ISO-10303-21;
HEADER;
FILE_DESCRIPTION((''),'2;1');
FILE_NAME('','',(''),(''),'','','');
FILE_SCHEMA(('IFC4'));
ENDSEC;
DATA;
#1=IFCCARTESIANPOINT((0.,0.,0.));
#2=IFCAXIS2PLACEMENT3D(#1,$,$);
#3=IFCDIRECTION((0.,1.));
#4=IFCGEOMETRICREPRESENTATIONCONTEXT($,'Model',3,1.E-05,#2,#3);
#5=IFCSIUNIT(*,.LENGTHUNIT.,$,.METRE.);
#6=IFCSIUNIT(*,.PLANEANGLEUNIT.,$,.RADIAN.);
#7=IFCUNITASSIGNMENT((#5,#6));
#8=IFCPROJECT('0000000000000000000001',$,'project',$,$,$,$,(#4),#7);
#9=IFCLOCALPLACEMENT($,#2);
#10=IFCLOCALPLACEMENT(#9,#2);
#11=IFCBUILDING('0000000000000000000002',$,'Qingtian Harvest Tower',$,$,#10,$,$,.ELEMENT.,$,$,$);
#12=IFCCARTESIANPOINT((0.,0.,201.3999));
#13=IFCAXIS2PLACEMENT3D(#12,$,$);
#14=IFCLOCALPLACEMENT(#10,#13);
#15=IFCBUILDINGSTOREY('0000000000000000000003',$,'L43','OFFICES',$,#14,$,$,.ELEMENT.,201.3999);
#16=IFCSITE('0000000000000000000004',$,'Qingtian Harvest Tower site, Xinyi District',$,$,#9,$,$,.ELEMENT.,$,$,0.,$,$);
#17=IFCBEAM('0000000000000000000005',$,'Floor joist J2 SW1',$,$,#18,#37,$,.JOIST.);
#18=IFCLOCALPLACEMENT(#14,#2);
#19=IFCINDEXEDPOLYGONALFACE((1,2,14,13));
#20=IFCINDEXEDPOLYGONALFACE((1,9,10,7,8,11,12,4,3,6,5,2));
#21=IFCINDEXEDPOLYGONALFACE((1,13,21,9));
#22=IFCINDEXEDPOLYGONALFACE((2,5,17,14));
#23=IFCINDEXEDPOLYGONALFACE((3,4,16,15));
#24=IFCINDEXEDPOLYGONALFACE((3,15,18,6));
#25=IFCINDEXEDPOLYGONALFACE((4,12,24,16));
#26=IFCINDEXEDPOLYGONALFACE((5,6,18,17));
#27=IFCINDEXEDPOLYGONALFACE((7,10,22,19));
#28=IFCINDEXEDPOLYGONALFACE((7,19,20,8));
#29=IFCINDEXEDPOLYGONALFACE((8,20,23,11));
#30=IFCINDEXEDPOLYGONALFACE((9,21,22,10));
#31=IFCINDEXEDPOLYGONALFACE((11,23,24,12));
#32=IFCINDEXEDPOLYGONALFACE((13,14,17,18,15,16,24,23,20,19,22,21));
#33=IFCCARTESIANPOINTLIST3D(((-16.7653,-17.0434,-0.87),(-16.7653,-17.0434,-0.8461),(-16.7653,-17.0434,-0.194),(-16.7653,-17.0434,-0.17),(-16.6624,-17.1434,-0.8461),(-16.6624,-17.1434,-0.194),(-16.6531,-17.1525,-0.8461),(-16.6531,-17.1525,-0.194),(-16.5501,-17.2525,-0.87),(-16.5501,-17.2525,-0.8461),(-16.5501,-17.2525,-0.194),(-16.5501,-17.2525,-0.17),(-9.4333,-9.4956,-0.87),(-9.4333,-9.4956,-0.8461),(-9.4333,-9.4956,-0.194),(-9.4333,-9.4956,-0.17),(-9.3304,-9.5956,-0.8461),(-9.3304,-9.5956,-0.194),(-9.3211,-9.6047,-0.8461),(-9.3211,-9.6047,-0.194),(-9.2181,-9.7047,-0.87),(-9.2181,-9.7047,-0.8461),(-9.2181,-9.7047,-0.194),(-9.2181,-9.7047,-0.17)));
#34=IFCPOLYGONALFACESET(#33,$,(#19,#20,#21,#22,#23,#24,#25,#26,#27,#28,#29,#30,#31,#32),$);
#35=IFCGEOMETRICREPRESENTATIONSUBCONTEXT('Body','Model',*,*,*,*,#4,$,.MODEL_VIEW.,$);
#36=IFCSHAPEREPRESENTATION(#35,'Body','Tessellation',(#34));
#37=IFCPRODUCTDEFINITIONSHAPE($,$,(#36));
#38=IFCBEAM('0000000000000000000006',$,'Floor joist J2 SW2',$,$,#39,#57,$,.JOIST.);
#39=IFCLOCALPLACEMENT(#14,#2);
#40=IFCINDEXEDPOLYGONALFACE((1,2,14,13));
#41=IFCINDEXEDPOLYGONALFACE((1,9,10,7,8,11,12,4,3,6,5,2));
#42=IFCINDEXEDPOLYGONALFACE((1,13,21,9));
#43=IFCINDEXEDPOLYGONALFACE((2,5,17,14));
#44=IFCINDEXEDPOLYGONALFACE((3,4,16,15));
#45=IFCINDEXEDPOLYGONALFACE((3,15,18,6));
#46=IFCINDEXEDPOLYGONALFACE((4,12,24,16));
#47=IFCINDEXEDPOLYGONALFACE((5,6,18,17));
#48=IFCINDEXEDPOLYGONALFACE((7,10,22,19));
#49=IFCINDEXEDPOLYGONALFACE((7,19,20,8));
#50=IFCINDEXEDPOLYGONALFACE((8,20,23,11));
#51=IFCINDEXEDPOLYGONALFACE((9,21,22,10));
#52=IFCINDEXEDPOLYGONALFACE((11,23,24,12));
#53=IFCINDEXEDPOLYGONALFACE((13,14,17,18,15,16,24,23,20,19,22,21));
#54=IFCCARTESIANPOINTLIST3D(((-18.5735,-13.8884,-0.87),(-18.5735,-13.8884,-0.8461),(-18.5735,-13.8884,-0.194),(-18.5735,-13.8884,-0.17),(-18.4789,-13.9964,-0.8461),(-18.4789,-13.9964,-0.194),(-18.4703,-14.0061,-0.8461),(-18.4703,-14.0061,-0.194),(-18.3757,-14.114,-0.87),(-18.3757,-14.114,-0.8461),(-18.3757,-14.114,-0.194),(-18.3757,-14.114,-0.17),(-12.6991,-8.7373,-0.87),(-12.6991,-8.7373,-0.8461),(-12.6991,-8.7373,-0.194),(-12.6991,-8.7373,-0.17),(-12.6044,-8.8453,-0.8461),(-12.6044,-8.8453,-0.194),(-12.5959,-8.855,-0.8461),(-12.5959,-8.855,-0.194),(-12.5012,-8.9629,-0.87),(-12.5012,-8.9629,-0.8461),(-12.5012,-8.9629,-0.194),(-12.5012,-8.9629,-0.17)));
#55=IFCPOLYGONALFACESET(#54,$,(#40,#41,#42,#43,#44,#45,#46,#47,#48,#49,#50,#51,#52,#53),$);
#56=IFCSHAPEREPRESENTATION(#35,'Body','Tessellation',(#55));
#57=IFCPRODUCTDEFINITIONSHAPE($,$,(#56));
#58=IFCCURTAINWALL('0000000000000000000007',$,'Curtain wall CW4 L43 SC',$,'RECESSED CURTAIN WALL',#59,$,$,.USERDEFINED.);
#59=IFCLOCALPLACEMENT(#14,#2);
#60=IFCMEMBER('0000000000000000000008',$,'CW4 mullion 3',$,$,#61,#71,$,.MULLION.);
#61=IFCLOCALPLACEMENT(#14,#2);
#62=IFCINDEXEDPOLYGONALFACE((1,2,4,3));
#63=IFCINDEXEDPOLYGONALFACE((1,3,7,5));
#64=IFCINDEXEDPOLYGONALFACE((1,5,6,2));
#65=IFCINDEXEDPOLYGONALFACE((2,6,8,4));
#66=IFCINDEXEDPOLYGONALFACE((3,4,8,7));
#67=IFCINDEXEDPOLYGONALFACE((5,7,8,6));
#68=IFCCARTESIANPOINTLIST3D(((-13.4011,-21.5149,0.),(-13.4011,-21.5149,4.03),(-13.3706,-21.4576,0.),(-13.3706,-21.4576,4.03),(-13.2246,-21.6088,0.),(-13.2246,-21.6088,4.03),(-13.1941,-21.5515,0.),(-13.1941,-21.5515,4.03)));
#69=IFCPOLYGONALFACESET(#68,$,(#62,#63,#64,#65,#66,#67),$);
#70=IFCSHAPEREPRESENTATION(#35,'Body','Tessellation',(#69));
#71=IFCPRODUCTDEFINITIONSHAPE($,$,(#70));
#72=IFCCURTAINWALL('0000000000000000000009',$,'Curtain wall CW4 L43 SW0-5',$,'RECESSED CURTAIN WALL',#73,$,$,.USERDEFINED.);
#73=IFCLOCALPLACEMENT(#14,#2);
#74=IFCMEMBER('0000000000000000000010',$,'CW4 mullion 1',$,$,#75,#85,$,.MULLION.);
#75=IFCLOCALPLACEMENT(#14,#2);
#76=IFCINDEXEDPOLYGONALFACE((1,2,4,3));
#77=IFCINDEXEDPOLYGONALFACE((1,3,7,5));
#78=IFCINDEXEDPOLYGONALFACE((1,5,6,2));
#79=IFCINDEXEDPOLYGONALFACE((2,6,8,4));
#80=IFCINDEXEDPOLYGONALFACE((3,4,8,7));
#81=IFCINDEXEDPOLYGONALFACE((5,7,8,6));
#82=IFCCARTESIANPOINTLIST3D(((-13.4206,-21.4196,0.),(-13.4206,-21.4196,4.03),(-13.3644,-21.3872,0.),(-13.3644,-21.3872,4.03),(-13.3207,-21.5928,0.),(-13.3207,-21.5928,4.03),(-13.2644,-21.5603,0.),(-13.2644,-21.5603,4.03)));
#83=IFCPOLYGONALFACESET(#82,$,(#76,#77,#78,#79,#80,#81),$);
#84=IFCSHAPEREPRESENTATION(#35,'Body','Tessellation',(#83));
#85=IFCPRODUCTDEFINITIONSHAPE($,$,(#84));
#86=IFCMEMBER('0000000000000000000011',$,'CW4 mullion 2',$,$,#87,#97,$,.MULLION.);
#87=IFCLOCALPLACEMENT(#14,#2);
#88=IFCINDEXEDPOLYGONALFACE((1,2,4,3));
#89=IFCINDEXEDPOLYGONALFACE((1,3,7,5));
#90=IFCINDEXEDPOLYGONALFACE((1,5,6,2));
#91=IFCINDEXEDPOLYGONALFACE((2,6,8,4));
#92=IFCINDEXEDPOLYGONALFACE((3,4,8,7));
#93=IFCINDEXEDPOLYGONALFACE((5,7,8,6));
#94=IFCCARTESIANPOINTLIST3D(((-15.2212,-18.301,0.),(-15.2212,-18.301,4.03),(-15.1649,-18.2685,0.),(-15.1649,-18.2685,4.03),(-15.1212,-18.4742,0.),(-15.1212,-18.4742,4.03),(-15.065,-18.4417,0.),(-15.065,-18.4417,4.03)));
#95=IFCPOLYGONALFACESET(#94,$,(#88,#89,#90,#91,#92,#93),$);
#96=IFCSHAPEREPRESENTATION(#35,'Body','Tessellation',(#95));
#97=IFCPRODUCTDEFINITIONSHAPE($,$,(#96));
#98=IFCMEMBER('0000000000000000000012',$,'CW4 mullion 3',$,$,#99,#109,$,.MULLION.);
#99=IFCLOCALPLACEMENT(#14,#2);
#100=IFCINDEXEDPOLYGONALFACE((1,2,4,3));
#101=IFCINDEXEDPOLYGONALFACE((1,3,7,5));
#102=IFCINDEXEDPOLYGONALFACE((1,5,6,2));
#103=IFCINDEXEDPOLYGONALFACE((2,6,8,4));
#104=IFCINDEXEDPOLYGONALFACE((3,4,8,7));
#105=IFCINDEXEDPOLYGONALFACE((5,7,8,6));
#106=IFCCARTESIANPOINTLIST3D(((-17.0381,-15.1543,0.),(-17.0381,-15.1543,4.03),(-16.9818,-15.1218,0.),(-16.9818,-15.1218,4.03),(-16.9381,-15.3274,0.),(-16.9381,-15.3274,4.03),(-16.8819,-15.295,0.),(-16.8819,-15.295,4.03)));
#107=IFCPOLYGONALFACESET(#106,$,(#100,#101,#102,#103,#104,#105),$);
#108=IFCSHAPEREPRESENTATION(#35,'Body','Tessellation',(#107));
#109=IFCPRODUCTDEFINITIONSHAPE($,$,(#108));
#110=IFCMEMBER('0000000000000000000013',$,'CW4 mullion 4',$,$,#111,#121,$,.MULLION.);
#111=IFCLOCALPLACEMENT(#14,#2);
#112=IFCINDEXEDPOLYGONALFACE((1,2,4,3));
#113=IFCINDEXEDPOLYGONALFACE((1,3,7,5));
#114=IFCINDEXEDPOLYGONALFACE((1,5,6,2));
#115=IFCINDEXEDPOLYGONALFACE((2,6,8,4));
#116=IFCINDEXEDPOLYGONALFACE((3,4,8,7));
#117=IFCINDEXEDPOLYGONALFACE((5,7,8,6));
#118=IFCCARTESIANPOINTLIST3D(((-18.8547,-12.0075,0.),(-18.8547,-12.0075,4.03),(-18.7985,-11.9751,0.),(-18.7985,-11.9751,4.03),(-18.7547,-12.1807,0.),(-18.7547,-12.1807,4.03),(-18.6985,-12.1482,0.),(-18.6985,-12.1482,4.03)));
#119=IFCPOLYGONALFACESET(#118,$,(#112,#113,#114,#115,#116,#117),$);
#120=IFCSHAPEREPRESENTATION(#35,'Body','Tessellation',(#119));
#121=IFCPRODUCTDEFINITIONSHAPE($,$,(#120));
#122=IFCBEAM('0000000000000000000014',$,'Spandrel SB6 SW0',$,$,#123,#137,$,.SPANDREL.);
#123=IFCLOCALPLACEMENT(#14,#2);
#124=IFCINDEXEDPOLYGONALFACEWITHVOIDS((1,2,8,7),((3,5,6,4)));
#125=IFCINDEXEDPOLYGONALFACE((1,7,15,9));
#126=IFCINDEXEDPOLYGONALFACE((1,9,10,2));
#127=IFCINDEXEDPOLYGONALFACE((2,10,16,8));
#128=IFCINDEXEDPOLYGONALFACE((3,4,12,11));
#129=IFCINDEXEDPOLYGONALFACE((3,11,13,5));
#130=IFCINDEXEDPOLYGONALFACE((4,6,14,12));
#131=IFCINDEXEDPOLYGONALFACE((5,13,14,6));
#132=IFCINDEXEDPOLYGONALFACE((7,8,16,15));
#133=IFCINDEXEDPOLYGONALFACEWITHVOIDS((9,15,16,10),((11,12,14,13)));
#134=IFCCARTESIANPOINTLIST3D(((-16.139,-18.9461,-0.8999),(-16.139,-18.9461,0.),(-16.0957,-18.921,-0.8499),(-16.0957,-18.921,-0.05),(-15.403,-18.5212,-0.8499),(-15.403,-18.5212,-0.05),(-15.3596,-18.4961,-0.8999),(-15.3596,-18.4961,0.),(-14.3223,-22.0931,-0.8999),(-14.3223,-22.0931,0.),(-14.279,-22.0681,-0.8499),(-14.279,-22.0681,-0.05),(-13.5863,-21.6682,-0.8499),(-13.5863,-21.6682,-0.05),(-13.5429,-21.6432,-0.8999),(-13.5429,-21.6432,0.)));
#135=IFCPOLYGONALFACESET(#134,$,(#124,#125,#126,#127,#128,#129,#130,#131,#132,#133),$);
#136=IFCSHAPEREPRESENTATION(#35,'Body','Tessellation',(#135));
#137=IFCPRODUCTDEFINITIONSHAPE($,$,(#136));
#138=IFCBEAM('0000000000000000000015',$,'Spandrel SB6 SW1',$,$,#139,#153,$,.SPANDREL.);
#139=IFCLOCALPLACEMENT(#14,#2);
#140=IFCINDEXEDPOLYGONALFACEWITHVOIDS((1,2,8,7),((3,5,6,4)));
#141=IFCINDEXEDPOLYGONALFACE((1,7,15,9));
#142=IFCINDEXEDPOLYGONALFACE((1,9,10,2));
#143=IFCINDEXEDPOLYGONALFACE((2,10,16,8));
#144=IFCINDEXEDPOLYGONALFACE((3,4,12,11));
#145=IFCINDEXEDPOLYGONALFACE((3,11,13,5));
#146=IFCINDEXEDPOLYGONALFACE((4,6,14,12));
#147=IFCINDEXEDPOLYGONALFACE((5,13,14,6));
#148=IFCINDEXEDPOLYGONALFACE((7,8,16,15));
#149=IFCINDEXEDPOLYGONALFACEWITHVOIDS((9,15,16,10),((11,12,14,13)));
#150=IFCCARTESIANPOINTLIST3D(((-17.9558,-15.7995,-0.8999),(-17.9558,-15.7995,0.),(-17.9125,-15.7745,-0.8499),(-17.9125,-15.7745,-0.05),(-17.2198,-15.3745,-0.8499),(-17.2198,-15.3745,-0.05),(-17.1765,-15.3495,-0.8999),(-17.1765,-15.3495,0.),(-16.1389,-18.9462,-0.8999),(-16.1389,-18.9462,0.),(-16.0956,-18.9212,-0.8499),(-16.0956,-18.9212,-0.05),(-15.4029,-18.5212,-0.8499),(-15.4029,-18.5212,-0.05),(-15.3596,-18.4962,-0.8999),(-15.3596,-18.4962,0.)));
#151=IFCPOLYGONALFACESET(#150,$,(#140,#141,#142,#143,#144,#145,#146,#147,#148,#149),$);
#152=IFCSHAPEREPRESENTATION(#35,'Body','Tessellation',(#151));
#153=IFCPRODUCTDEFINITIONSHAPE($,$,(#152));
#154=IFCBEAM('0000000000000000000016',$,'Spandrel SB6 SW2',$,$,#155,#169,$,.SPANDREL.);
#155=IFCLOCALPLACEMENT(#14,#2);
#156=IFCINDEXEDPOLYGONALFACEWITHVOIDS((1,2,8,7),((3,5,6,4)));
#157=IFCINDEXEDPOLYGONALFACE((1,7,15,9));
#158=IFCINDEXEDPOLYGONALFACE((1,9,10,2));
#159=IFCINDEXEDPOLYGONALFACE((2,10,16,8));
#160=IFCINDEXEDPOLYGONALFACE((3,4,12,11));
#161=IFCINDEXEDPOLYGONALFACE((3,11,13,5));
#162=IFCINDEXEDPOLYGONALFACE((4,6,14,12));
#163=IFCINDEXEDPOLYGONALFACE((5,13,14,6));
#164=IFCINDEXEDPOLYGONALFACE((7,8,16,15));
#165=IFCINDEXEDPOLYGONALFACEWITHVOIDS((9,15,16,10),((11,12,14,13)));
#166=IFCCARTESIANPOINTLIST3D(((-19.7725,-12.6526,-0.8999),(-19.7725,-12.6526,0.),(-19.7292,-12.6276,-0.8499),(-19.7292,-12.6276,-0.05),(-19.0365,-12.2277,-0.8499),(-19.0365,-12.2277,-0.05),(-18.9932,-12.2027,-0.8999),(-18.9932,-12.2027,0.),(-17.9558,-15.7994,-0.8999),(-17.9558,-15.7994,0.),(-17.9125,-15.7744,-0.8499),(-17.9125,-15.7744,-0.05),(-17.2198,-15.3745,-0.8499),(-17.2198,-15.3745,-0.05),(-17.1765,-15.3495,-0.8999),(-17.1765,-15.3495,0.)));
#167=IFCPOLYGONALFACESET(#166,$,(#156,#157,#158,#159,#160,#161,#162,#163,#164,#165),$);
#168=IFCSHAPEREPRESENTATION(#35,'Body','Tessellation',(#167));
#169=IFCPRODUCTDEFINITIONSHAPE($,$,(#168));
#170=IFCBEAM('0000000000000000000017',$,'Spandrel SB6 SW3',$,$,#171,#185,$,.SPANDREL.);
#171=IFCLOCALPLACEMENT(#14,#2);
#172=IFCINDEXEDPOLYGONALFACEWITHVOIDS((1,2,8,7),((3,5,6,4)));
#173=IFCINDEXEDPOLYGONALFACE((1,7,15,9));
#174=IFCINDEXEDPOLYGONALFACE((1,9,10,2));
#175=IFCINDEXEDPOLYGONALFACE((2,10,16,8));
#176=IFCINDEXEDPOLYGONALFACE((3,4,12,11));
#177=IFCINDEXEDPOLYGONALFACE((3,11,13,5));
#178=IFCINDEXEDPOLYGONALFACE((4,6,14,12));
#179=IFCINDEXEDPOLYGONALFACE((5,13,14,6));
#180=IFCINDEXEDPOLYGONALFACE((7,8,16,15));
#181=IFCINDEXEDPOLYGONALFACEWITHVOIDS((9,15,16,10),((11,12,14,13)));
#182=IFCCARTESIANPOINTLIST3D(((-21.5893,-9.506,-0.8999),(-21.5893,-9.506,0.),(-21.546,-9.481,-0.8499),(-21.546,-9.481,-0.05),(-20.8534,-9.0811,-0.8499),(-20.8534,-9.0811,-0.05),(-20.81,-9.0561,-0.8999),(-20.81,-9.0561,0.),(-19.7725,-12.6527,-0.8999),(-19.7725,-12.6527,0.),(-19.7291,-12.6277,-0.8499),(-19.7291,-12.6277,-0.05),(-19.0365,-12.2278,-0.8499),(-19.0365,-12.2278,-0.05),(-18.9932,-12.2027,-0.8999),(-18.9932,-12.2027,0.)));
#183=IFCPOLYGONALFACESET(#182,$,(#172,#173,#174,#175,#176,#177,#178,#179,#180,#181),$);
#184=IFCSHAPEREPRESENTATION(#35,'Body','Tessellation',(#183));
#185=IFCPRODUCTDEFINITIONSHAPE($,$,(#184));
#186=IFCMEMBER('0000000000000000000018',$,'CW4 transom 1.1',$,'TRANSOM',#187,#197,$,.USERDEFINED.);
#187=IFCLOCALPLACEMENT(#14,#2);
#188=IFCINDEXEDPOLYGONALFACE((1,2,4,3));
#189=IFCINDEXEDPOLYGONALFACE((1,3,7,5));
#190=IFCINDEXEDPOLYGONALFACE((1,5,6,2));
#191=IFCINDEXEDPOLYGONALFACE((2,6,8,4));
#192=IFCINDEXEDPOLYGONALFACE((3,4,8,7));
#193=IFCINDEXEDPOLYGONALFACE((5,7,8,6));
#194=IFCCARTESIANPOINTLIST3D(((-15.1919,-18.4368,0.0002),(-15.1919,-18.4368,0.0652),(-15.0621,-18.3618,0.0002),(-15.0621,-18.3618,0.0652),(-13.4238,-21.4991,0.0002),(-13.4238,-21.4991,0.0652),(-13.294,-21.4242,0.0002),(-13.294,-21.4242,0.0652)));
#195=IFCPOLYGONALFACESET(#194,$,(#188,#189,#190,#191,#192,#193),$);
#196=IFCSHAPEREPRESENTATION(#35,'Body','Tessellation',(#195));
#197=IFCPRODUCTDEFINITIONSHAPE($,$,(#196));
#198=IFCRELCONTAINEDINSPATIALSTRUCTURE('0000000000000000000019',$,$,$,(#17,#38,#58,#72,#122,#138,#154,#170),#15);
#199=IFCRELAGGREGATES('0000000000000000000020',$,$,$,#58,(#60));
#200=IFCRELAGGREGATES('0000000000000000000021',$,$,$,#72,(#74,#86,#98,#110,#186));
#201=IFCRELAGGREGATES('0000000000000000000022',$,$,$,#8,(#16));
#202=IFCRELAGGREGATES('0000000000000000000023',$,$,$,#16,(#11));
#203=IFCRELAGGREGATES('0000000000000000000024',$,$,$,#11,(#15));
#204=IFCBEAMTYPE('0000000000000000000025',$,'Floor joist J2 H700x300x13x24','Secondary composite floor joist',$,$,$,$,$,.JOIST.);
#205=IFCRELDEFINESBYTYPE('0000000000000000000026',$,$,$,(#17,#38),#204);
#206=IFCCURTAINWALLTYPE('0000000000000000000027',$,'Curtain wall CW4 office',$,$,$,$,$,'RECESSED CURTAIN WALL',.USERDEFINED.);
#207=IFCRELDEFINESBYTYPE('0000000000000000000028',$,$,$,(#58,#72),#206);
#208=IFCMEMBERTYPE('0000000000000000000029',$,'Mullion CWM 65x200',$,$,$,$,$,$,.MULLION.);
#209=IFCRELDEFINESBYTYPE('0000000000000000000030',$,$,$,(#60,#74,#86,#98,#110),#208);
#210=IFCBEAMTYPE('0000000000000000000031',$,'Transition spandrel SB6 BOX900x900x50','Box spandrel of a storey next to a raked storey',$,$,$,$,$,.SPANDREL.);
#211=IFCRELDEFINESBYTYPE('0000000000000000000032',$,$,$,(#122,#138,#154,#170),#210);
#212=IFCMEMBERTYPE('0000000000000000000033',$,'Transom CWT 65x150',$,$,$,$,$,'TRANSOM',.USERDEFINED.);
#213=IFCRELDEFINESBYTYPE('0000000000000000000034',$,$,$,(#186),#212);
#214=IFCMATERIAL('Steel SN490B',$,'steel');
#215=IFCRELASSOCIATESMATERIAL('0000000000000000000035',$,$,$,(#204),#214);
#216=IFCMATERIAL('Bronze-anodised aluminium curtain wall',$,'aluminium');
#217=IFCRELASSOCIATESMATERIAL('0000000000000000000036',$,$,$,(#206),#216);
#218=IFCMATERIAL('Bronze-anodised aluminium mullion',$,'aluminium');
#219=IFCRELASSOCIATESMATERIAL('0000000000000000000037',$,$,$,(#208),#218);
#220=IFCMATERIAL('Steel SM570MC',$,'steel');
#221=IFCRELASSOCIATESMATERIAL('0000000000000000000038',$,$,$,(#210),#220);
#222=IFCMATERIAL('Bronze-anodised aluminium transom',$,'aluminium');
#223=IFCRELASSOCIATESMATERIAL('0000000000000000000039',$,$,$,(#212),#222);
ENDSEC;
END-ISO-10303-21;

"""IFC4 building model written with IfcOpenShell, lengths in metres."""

from ifc_helpers import new_model, si_unit, direction, frame, origin, origin_2d, place, context, subcontext, project, spatial, rectangle, hollow_rectangle, i_section, extrude, material, material_profile, profile_set, type_object, element, aggregate, save


model = new_model("IFC4")

# Units and contexts
model_context = context("Model", 3, precision=1e-05, world=origin(), true_north=direction((0.0, 1.0)))
body_context = subcontext(model_context, "Body", "Model", "MODEL_VIEW")
ifc_project = project(units=[si_unit("LENGTHUNIT", "METRE"), si_unit("PLANEANGLEUNIT", "RADIAN")], contexts=[model_context])

# Site, building, storey
site_placement = place(None, origin())
site = spatial("IfcSite", under=ifc_project, at=site_placement, Name="Qingtian Harvest Tower site, Xinyi District", CompositionType="ELEMENT", RefElevation=0.0)
building_placement = place(site_placement, origin())
building = spatial("IfcBuilding", under=site, at=building_placement, Name="Qingtian Harvest Tower", CompositionType="ELEMENT")
storey_placement = place(building_placement, frame((0.0, 0.0, 201.3999)))
storey = spatial("IfcBuildingStorey", under=building, at=storey_placement, Name="L43", Description="OFFICES", CompositionType="ELEMENT", Elevation=201.3999)

# Beams
ifc_material_1 = material(Name="Steel SN490B", Category="steel")
ifc_material_profile_1 = material_profile(ifc_material_1, i_section(OverallWidth=0.3, OverallDepth=0.7, WebThickness=0.0129, FlangeThickness=0.0239, at=origin_2d()), Name="H700x300x13x24")
ifc_profile_set_1 = profile_set([ifc_material_profile_1], Name="Steel SN490B")
beam_type_1 = type_object("IfcBeamType", Name="Floor joist J2 H700x300x13x24", Description="Secondary composite floor joist", PredefinedType="JOIST", material=ifc_profile_set_1)
beam_1_placement = place(storey_placement, frame((-16.6577, -17.1479, -0.52), z_axis=(0.696777, 0.717287, 0.0), x_axis=(-0.717287, 0.696777, 0.0)))
element("IfcBeam", 1, at=beam_1_placement, inside=storey, type_object=beam_type_1, Name="Floor joist J2 SW1", PredefinedType="JOIST", context=body_context, shape_type="SweptSolid", body=[
    extrude(i_section(OverallWidth=0.3, OverallDepth=0.7, WebThickness=0.0129, FlangeThickness=0.0239, at=origin_2d()), origin(), (0.0, 0.0, 1.0), 10.5227),
])
beam_2_placement = place(storey_placement, frame((-18.4746, -14.0012, -0.52), z_axis=(0.751883, 0.659296, 0.0), x_axis=(-0.659296, 0.751883, 0.0)))
element("IfcBeam", 2, at=beam_2_placement, inside=storey, type_object=beam_type_1, Name="Floor joist J2 SW2", PredefinedType="JOIST", context=body_context, shape_type="SweptSolid", body=[
    extrude(i_section(OverallWidth=0.3, OverallDepth=0.7, WebThickness=0.0129, FlangeThickness=0.0239, at=origin_2d()), origin(), (0.0, 0.0, 1.0), 7.813),
])

# Curtain wall, member
ifc_material_2 = material(Name="Bronze-anodised aluminium curtain wall", Category="aluminium")
curtain_wall_type = type_object("IfcCurtainWallType", Name="Curtain wall CW4 office", ElementType="RECESSED CURTAIN WALL", PredefinedType="USERDEFINED", material=ifc_material_2)
curtain_wall_1_placement = place(storey_placement, origin())
curtain_wall_1 = element("IfcCurtainWall", 3, at=curtain_wall_1_placement, inside=storey, type_object=curtain_wall_type, Name="Curtain wall CW4 L43 SC", ObjectType="RECESSED CURTAIN WALL", PredefinedType="USERDEFINED")
ifc_material_3 = material(Name="Bronze-anodised aluminium mullion", Category="aluminium")
ifc_material_profile_2 = material_profile(ifc_material_3, rectangle(XDim=0.0649, YDim=0.2, at=origin_2d()), Name="AL 65x200")
ifc_profile_set_2 = profile_set([ifc_material_profile_2], Name="Bronze-anodised aluminium mullion")
member_type_1 = type_object("IfcMemberType", Name="Mullion CWM 65x200", PredefinedType="MULLION", material=ifc_profile_set_2)
member_1_placement = place(storey_placement, frame((-13.2976, -21.5332, 0.0), z_axis=(0.0, 0.0, 1.0), x_axis=(-0.469472, -0.882948, 0.0)))
member_1 = element("IfcMember", 4, at=member_1_placement, type_object=member_type_1, Name="CW4 mullion 3", PredefinedType="MULLION", context=body_context, shape_type="SweptSolid", body=[
    extrude(rectangle(XDim=0.0649, YDim=0.2, at=origin_2d()), origin(), (0.0, 0.0, 1.0), 4.03),
])

# Curtain wall, members
curtain_wall_2_placement = place(storey_placement, origin())
curtain_wall_2 = element("IfcCurtainWall", 5, at=curtain_wall_2_placement, inside=storey, type_object=curtain_wall_type, Name="Curtain wall CW4 L43 SW0-5", ObjectType="RECESSED CURTAIN WALL", PredefinedType="USERDEFINED")
member_2_placement = place(storey_placement, frame((-13.3425, -21.49, 0.0), z_axis=(0.0, 0.0, 1.0), x_axis=(-0.866025, -0.5, 0.0)))
member_2 = element("IfcMember", 6, at=member_2_placement, type_object=member_type_1, Name="CW4 mullion 1", PredefinedType="MULLION", context=body_context, shape_type="SweptSolid", body=[
    extrude(rectangle(XDim=0.0649, YDim=0.2, at=origin_2d()), origin(), (0.0, 0.0, 1.0), 4.03),
])
member_3_placement = place(storey_placement, frame((-15.1431, -18.3713, 0.0), z_axis=(0.0, 0.0, 1.0), x_axis=(-0.866025, -0.5, 0.0)))
member_3 = element("IfcMember", 7, at=member_3_placement, type_object=member_type_1, Name="CW4 mullion 2", PredefinedType="MULLION", context=body_context, shape_type="SweptSolid", body=[
    extrude(rectangle(XDim=0.0649, YDim=0.2, at=origin_2d()), origin(), (0.0, 0.0, 1.0), 4.03),
])
member_4_placement = place(storey_placement, frame((-16.96, -15.2246, 0.0), z_axis=(0.0, 0.0, 1.0), x_axis=(-0.866025, -0.5, 0.0)))
member_4 = element("IfcMember", 8, at=member_4_placement, type_object=member_type_1, Name="CW4 mullion 3", PredefinedType="MULLION", context=body_context, shape_type="SweptSolid", body=[
    extrude(rectangle(XDim=0.0649, YDim=0.2, at=origin_2d()), origin(), (0.0, 0.0, 1.0), 4.03),
])
member_5_placement = place(storey_placement, frame((-18.7766, -12.0779, 0.0), z_axis=(0.0, 0.0, 1.0), x_axis=(-0.866025, -0.5, 0.0)))
member_5 = element("IfcMember", 9, at=member_5_placement, type_object=member_type_1, Name="CW4 mullion 4", PredefinedType="MULLION", context=body_context, shape_type="SweptSolid", body=[
    extrude(rectangle(XDim=0.0649, YDim=0.2, at=origin_2d()), origin(), (0.0, 0.0, 1.0), 4.03),
])

# Beams
ifc_material_4 = material(Name="Steel SM570MC", Category="steel")
ifc_material_profile_3 = material_profile(ifc_material_4, hollow_rectangle(XDim=0.8999, YDim=0.8999, WallThickness=0.05, at=origin_2d()), Name="BOX900x900x50")
ifc_profile_set_3 = profile_set([ifc_material_profile_3], Name="Steel SM570MC")
beam_type_2 = type_object("IfcBeamType", Name="Transition spandrel SB6 BOX900x900x50", Description="Box spandrel of a storey next to a raked storey", PredefinedType="SPANDREL", material=ifc_profile_set_3)
beam_3_placement = place(storey_placement, frame((-13.9326, -21.8682, -0.45), z_axis=(-0.499947, 0.866056, 0.0), x_axis=(-0.866056, -0.499947, 0.0)))
element("IfcBeam", 10, at=beam_3_placement, inside=storey, type_object=beam_type_2, Name="Spandrel SB6 SW0", PredefinedType="SPANDREL", context=body_context, shape_type="SweptSolid", body=[
    extrude(hollow_rectangle(XDim=0.8999, YDim=0.8999, WallThickness=0.05, at=origin_2d()), origin(), (0.0, 0.0, 1.0), 3.6338),
])
for number, where, z_axis, x_axis, name in (
    (11, (-15.7493, -18.7212, -0.45), (-0.500027, 0.86601, 0.0), (-0.86601, -0.500027, 0.0), "Spandrel SB6 SW1"),
    (12, (-17.5662, -15.5745, -0.45), (-0.499976, 0.866039, 0.0), (-0.866039, -0.499976, 0.0), "Spandrel SB6 SW2"),
    (13, (-19.3828, -12.4277, -0.45), (-0.500027, 0.86601, 0.0), (-0.86601, -0.500027, 0.0), "Spandrel SB6 SW3"),
):
    element("IfcBeam", number, at=place(storey_placement, frame(where, z_axis=z_axis, x_axis=x_axis)), inside=storey, type_object=beam_type_2, Name=name, PredefinedType="SPANDREL", context=body_context, shape_type="SweptSolid", body=[
        extrude(hollow_rectangle(XDim=0.8999, YDim=0.8999, WallThickness=0.05, at=origin_2d()), origin(), (0.0, 0.0, 1.0), 3.6335),
    ])

# Member
ifc_material_5 = material(Name="Bronze-anodised aluminium transom", Category="aluminium")
ifc_material_profile_4 = material_profile(ifc_material_5, rectangle(XDim=0.1499, YDim=0.0649, at=origin_2d()), Name="AL 65x150")
ifc_profile_set_4 = profile_set([ifc_material_profile_4], Name="Bronze-anodised aluminium transom")
member_type_2 = type_object("IfcMemberType", Name="Transom CWT 65x150", ElementType="TRANSOM", PredefinedType="USERDEFINED", material=ifc_profile_set_4)
member_6_placement = place(storey_placement, frame((-13.3589, -21.4617, 0.0327), z_axis=(-0.500015, 0.866017, 0.0), x_axis=(-0.866017, -0.500015, 0.0)))
member_6 = element("IfcMember", 14, at=member_6_placement, type_object=member_type_2, Name="CW4 transom 1.1", ObjectType="TRANSOM", PredefinedType="USERDEFINED", context=body_context, shape_type="SweptSolid", body=[
    extrude(rectangle(XDim=0.1499, YDim=0.0649, at=origin_2d()), origin(), (0.0, 0.0, 1.0), 3.5361),
])

aggregate(curtain_wall_1, [member_1])
aggregate(curtain_wall_2, [member_2, member_3, member_4, member_5, member_6])

save(model, "model.ifc")
